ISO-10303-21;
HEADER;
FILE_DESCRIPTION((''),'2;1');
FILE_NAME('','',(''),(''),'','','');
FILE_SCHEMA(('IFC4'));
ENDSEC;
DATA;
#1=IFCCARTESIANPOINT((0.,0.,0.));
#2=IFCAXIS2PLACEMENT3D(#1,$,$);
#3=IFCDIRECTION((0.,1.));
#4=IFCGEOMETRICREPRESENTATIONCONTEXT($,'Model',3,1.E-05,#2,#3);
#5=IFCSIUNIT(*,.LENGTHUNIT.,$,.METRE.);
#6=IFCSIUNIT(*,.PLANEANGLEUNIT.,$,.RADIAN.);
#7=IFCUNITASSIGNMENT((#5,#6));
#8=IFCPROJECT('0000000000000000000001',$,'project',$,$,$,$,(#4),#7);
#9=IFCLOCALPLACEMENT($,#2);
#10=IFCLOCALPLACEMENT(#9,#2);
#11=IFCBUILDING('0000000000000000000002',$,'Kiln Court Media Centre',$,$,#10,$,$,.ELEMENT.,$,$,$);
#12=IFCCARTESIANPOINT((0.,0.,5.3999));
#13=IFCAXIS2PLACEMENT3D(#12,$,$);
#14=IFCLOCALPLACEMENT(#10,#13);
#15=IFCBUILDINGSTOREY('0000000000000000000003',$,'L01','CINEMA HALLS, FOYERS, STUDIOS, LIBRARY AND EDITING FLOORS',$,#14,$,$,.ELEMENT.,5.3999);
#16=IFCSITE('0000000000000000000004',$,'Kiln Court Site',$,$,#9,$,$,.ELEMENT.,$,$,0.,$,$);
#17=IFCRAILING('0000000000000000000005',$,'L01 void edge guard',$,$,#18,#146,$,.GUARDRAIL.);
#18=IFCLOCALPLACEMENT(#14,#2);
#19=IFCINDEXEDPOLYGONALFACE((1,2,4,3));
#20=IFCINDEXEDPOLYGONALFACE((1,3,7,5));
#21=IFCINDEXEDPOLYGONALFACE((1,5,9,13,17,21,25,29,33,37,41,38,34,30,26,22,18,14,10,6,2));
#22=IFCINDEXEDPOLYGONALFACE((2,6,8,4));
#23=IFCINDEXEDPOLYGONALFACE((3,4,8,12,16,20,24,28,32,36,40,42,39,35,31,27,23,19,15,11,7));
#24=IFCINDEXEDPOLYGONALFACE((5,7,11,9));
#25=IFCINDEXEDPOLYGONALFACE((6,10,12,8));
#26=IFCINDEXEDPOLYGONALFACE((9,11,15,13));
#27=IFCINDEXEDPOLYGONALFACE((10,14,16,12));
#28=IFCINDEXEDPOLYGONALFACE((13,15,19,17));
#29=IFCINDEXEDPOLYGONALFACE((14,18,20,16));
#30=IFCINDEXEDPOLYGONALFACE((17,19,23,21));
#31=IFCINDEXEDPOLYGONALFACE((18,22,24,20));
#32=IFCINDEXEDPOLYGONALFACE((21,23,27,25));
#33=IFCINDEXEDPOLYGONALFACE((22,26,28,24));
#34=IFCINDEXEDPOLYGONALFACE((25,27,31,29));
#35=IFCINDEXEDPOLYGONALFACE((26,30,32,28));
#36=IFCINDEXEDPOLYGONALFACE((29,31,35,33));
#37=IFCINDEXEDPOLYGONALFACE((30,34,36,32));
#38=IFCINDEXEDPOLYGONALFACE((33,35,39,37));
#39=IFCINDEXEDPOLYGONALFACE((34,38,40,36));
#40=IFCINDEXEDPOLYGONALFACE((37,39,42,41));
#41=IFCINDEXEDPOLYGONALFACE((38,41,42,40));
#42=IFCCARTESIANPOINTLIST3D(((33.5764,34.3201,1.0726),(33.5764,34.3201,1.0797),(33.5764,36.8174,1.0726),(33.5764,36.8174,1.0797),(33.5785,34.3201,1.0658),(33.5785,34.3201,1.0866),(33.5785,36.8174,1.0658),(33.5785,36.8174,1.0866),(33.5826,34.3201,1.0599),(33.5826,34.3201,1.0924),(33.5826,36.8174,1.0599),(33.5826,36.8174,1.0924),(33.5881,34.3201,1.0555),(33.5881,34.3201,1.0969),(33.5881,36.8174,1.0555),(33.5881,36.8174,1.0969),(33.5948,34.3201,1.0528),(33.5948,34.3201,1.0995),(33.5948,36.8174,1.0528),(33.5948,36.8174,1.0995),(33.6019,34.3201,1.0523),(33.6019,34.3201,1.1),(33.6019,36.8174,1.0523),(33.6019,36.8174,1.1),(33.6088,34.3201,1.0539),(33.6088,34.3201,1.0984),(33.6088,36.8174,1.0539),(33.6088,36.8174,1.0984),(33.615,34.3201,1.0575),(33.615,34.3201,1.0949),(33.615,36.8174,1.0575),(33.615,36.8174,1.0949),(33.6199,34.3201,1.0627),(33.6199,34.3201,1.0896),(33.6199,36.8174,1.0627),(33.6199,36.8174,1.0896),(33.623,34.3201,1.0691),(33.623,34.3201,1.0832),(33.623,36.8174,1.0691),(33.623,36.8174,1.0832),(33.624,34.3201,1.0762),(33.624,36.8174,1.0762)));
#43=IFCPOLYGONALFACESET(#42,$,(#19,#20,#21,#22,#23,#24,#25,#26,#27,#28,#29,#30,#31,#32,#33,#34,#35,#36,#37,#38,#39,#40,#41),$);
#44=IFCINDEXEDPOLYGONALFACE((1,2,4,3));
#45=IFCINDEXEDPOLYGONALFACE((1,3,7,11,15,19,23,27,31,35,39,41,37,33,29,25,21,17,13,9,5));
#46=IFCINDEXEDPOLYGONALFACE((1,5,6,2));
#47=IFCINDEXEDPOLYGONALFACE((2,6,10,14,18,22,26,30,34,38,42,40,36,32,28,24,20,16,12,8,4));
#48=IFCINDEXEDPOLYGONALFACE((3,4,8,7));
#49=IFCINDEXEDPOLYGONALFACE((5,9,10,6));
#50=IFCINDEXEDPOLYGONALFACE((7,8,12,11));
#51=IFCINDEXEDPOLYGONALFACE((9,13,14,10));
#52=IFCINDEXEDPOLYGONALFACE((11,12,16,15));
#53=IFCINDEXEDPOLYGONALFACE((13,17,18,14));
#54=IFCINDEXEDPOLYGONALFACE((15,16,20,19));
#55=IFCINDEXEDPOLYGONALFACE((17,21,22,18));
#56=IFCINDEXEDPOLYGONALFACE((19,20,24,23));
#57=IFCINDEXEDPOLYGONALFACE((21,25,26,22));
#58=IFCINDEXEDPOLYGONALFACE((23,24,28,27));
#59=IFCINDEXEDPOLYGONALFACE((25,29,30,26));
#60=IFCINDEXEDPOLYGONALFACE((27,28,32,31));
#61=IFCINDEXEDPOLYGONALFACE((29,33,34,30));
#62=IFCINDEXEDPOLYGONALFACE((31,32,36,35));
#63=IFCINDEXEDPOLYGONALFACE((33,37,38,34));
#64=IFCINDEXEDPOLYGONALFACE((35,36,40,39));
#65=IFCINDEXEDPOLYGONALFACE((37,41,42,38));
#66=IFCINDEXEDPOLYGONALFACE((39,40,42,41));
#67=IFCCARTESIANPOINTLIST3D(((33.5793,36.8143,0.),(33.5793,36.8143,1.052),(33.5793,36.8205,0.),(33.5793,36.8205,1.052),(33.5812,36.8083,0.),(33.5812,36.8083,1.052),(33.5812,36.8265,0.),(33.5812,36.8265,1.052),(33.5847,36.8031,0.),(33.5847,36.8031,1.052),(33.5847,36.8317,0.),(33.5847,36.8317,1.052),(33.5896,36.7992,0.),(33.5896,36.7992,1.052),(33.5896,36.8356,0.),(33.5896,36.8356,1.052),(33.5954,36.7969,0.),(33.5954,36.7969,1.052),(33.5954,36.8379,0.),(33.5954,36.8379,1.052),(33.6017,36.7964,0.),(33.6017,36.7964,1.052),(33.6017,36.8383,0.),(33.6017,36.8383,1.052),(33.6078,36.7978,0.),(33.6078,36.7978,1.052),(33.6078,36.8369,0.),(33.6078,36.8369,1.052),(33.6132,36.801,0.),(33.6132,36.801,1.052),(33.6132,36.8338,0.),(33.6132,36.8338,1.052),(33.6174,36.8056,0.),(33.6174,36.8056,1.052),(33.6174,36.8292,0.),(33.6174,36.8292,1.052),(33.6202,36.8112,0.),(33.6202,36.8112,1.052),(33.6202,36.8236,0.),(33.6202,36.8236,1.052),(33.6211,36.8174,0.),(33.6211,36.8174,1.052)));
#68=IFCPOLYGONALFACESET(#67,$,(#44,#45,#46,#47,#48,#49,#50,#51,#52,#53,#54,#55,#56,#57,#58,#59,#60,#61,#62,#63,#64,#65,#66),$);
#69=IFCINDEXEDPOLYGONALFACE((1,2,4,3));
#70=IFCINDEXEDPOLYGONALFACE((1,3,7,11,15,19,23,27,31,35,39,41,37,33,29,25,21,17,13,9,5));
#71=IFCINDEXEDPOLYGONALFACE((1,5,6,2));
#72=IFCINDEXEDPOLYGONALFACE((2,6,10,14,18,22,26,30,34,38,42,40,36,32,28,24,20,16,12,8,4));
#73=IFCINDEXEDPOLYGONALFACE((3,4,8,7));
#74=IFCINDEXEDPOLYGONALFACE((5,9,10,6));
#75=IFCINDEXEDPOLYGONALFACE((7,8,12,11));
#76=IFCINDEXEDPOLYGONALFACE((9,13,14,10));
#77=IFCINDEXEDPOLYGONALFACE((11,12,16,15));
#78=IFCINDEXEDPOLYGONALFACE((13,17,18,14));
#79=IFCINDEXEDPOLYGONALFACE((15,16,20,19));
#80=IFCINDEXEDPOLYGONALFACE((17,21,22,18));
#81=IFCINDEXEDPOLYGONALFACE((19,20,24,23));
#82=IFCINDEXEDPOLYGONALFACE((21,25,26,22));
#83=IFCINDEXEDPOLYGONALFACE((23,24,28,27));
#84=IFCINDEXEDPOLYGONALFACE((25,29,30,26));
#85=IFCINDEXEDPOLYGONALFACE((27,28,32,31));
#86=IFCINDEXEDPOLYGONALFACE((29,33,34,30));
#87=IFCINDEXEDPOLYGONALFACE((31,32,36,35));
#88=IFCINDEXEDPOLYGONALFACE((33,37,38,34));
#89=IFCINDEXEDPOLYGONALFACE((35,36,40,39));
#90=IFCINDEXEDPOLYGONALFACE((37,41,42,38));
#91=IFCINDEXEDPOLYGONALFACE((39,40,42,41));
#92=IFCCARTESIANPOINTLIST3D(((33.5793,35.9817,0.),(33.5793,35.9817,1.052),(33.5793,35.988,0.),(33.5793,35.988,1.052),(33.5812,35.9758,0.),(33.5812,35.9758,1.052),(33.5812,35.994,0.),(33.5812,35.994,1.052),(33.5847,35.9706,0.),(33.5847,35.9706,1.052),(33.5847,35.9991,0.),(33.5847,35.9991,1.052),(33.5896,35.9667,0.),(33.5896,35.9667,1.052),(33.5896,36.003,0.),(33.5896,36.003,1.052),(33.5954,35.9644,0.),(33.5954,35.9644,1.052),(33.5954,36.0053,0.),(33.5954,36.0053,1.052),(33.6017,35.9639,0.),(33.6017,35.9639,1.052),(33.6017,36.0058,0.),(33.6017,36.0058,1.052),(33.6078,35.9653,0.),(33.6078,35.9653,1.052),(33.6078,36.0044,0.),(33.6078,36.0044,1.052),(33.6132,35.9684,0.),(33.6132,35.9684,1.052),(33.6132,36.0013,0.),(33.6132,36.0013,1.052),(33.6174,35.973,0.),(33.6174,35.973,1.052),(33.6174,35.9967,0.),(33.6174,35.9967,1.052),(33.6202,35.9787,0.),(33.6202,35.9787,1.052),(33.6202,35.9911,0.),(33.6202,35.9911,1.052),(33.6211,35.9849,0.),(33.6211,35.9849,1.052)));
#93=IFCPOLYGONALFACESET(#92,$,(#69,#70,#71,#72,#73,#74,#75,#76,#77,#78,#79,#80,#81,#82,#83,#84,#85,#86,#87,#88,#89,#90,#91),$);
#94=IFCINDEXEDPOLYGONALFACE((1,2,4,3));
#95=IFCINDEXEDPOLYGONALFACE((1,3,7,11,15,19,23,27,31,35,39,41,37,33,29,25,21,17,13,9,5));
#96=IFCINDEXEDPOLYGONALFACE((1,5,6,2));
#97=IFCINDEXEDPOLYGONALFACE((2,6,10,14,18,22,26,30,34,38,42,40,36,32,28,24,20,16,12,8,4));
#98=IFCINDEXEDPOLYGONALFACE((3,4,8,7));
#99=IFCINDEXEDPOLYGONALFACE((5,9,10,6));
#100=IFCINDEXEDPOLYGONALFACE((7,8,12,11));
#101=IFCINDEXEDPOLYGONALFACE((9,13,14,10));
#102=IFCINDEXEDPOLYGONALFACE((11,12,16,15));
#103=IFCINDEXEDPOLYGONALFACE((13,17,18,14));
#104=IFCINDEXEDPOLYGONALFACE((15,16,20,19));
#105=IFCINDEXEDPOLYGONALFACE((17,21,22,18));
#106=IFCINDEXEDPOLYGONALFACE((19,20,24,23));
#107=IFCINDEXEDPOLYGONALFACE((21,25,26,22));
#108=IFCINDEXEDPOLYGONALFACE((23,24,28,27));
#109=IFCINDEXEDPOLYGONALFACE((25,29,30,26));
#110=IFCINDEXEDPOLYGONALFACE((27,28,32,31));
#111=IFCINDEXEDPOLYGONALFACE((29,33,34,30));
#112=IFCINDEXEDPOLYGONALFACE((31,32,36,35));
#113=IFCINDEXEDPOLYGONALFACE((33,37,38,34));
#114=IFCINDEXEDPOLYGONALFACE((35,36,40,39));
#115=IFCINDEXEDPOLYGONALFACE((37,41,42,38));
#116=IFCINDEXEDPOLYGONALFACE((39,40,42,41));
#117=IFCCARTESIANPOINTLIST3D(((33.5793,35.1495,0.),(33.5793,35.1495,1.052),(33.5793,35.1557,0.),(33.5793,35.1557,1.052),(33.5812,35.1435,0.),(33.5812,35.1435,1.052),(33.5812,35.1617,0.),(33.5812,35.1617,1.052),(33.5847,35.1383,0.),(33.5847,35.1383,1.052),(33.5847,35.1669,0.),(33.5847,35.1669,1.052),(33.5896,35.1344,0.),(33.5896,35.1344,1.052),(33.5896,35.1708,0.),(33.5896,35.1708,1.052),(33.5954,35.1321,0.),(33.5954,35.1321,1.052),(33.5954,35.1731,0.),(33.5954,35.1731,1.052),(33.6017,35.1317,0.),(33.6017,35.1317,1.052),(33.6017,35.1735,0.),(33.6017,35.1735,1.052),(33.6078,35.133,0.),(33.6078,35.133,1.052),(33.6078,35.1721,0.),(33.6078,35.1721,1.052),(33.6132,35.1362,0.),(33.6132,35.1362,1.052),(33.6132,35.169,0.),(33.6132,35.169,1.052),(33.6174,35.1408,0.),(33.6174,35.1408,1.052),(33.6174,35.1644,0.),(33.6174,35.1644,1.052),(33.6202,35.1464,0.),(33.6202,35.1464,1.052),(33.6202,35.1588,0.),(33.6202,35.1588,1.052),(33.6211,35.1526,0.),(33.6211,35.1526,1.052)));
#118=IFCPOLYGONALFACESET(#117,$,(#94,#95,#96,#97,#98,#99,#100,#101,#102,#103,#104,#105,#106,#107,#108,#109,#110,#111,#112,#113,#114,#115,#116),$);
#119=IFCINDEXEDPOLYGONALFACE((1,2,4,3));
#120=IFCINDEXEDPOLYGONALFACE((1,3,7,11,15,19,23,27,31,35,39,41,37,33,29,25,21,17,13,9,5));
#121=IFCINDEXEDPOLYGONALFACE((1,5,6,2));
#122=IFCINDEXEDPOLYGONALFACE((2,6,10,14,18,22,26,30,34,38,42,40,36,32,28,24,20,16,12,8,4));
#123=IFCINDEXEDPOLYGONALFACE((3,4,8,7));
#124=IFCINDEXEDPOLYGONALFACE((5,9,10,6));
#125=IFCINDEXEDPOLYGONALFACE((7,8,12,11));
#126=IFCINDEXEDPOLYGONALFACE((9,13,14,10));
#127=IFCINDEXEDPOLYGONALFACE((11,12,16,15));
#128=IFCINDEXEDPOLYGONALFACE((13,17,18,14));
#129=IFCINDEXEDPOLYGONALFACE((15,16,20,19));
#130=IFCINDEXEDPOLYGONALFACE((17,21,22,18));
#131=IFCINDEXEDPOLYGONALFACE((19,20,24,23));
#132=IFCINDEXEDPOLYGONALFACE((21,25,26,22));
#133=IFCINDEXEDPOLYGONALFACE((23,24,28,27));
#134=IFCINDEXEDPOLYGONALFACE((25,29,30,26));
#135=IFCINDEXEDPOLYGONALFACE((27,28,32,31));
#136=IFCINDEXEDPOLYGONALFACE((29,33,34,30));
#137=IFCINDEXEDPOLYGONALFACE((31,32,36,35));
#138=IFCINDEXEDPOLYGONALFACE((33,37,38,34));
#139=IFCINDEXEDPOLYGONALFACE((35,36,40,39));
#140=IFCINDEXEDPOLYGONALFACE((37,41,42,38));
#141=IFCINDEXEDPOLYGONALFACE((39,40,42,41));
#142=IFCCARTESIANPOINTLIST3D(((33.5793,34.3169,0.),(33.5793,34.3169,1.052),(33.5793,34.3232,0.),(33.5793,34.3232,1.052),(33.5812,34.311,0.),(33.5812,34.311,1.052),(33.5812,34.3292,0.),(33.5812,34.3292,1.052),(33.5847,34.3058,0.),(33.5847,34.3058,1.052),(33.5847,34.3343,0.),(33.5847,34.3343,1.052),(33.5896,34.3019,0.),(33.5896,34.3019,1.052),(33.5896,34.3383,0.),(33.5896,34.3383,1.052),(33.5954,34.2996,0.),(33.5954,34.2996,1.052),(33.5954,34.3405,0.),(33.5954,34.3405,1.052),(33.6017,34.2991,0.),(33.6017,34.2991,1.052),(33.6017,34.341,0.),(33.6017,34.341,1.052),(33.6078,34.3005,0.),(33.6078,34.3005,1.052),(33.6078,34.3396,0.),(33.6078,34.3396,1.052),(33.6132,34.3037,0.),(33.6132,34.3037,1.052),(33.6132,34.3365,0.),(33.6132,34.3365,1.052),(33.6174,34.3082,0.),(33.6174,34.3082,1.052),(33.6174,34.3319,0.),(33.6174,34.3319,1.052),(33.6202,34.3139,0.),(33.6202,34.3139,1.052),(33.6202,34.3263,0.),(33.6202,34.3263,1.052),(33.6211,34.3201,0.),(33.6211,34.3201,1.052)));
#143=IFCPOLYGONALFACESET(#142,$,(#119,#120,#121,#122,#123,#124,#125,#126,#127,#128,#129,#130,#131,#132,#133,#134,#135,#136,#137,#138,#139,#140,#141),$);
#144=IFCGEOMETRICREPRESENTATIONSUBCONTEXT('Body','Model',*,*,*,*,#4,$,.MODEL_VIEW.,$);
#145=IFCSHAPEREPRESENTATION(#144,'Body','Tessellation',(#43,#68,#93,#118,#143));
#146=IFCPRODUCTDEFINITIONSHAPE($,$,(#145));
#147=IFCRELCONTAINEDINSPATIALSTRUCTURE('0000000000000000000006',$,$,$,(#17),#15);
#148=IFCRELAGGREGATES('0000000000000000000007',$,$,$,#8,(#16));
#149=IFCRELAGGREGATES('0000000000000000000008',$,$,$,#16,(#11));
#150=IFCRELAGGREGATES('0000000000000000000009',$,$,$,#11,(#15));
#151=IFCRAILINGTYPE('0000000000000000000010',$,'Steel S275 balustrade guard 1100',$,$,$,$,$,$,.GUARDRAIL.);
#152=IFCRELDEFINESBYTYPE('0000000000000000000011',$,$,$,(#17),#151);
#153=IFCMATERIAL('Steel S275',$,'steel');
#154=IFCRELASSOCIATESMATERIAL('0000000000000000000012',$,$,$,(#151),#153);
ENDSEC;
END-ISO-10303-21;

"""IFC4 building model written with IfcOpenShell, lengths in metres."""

from ifc_helpers import new_model, si_unit, direction, frame, origin, origin_2d, place, context, subcontext, project, spatial, circle, extrude, material, type_object, element, save


model = new_model("IFC4")

# Units and contexts
model_context = context("Model", 3, precision=1e-05, world=origin(), true_north=direction((0.0, 1.0)))
body_context = subcontext(model_context, "Body", "Model", "MODEL_VIEW")
ifc_project = project(units=[si_unit("LENGTHUNIT", "METRE"), si_unit("PLANEANGLEUNIT", "RADIAN")], contexts=[model_context])

# Site, building, storey
site_placement = place(None, origin())
site = spatial("IfcSite", under=ifc_project, at=site_placement, Name="Kiln Court Site", CompositionType="ELEMENT", RefElevation=0.0)
building_placement = place(site_placement, origin())
building = spatial("IfcBuilding", under=site, at=building_placement, Name="Kiln Court Media Centre", CompositionType="ELEMENT")
storey_placement = place(building_placement, frame((0.0, 0.0, 5.3999)))
storey = spatial("IfcBuildingStorey", under=building, at=storey_placement, Name="L01", Description="CINEMA HALLS, FOYERS, STUDIOS, LIBRARY AND EDITING FLOORS", CompositionType="ELEMENT", Elevation=5.3999)

# Railing
ifc_material_1 = material(Name="Steel S275", Category="steel")
railing_type = type_object("IfcRailingType", Name="Steel S275 balustrade guard 1100", PredefinedType="GUARDRAIL", material=ifc_material_1)
railing_1_placement = place(storey_placement, frame((33.6001, 36.8174, 0.0)))
element("IfcRailing", 1, at=railing_1_placement, inside=storey, type_object=railing_type, Name="L01 void edge guard", PredefinedType="GUARDRAIL", context=body_context, shape_type="SweptSolid", body=[
    extrude(circle(Radius=0.0239, at=origin_2d()), frame((0.0, 0.0, 1.0762), z_axis=(0.0, -1.0, 0.0), x_axis=(1.0, 0.0, 0.0)), (0.0, 0.0, 1.0), 2.4973),
    extrude(circle(Radius=0.021, at=origin_2d()), origin(), (0.0, 0.0, 1.0), 1.052),
    extrude(circle(Radius=0.021, at=origin_2d()), frame((0.0, -0.8325, 0.0)), (0.0, 0.0, 1.0), 1.052),
    extrude(circle(Radius=0.021, at=origin_2d()), frame((0.0, -1.6648, 0.0)), (0.0, 0.0, 1.0), 1.052),
    extrude(circle(Radius=0.021, at=origin_2d()), frame((0.0, -2.4973, 0.0)), (0.0, 0.0, 1.0), 1.052),
])

save(model, "model.ifc")
